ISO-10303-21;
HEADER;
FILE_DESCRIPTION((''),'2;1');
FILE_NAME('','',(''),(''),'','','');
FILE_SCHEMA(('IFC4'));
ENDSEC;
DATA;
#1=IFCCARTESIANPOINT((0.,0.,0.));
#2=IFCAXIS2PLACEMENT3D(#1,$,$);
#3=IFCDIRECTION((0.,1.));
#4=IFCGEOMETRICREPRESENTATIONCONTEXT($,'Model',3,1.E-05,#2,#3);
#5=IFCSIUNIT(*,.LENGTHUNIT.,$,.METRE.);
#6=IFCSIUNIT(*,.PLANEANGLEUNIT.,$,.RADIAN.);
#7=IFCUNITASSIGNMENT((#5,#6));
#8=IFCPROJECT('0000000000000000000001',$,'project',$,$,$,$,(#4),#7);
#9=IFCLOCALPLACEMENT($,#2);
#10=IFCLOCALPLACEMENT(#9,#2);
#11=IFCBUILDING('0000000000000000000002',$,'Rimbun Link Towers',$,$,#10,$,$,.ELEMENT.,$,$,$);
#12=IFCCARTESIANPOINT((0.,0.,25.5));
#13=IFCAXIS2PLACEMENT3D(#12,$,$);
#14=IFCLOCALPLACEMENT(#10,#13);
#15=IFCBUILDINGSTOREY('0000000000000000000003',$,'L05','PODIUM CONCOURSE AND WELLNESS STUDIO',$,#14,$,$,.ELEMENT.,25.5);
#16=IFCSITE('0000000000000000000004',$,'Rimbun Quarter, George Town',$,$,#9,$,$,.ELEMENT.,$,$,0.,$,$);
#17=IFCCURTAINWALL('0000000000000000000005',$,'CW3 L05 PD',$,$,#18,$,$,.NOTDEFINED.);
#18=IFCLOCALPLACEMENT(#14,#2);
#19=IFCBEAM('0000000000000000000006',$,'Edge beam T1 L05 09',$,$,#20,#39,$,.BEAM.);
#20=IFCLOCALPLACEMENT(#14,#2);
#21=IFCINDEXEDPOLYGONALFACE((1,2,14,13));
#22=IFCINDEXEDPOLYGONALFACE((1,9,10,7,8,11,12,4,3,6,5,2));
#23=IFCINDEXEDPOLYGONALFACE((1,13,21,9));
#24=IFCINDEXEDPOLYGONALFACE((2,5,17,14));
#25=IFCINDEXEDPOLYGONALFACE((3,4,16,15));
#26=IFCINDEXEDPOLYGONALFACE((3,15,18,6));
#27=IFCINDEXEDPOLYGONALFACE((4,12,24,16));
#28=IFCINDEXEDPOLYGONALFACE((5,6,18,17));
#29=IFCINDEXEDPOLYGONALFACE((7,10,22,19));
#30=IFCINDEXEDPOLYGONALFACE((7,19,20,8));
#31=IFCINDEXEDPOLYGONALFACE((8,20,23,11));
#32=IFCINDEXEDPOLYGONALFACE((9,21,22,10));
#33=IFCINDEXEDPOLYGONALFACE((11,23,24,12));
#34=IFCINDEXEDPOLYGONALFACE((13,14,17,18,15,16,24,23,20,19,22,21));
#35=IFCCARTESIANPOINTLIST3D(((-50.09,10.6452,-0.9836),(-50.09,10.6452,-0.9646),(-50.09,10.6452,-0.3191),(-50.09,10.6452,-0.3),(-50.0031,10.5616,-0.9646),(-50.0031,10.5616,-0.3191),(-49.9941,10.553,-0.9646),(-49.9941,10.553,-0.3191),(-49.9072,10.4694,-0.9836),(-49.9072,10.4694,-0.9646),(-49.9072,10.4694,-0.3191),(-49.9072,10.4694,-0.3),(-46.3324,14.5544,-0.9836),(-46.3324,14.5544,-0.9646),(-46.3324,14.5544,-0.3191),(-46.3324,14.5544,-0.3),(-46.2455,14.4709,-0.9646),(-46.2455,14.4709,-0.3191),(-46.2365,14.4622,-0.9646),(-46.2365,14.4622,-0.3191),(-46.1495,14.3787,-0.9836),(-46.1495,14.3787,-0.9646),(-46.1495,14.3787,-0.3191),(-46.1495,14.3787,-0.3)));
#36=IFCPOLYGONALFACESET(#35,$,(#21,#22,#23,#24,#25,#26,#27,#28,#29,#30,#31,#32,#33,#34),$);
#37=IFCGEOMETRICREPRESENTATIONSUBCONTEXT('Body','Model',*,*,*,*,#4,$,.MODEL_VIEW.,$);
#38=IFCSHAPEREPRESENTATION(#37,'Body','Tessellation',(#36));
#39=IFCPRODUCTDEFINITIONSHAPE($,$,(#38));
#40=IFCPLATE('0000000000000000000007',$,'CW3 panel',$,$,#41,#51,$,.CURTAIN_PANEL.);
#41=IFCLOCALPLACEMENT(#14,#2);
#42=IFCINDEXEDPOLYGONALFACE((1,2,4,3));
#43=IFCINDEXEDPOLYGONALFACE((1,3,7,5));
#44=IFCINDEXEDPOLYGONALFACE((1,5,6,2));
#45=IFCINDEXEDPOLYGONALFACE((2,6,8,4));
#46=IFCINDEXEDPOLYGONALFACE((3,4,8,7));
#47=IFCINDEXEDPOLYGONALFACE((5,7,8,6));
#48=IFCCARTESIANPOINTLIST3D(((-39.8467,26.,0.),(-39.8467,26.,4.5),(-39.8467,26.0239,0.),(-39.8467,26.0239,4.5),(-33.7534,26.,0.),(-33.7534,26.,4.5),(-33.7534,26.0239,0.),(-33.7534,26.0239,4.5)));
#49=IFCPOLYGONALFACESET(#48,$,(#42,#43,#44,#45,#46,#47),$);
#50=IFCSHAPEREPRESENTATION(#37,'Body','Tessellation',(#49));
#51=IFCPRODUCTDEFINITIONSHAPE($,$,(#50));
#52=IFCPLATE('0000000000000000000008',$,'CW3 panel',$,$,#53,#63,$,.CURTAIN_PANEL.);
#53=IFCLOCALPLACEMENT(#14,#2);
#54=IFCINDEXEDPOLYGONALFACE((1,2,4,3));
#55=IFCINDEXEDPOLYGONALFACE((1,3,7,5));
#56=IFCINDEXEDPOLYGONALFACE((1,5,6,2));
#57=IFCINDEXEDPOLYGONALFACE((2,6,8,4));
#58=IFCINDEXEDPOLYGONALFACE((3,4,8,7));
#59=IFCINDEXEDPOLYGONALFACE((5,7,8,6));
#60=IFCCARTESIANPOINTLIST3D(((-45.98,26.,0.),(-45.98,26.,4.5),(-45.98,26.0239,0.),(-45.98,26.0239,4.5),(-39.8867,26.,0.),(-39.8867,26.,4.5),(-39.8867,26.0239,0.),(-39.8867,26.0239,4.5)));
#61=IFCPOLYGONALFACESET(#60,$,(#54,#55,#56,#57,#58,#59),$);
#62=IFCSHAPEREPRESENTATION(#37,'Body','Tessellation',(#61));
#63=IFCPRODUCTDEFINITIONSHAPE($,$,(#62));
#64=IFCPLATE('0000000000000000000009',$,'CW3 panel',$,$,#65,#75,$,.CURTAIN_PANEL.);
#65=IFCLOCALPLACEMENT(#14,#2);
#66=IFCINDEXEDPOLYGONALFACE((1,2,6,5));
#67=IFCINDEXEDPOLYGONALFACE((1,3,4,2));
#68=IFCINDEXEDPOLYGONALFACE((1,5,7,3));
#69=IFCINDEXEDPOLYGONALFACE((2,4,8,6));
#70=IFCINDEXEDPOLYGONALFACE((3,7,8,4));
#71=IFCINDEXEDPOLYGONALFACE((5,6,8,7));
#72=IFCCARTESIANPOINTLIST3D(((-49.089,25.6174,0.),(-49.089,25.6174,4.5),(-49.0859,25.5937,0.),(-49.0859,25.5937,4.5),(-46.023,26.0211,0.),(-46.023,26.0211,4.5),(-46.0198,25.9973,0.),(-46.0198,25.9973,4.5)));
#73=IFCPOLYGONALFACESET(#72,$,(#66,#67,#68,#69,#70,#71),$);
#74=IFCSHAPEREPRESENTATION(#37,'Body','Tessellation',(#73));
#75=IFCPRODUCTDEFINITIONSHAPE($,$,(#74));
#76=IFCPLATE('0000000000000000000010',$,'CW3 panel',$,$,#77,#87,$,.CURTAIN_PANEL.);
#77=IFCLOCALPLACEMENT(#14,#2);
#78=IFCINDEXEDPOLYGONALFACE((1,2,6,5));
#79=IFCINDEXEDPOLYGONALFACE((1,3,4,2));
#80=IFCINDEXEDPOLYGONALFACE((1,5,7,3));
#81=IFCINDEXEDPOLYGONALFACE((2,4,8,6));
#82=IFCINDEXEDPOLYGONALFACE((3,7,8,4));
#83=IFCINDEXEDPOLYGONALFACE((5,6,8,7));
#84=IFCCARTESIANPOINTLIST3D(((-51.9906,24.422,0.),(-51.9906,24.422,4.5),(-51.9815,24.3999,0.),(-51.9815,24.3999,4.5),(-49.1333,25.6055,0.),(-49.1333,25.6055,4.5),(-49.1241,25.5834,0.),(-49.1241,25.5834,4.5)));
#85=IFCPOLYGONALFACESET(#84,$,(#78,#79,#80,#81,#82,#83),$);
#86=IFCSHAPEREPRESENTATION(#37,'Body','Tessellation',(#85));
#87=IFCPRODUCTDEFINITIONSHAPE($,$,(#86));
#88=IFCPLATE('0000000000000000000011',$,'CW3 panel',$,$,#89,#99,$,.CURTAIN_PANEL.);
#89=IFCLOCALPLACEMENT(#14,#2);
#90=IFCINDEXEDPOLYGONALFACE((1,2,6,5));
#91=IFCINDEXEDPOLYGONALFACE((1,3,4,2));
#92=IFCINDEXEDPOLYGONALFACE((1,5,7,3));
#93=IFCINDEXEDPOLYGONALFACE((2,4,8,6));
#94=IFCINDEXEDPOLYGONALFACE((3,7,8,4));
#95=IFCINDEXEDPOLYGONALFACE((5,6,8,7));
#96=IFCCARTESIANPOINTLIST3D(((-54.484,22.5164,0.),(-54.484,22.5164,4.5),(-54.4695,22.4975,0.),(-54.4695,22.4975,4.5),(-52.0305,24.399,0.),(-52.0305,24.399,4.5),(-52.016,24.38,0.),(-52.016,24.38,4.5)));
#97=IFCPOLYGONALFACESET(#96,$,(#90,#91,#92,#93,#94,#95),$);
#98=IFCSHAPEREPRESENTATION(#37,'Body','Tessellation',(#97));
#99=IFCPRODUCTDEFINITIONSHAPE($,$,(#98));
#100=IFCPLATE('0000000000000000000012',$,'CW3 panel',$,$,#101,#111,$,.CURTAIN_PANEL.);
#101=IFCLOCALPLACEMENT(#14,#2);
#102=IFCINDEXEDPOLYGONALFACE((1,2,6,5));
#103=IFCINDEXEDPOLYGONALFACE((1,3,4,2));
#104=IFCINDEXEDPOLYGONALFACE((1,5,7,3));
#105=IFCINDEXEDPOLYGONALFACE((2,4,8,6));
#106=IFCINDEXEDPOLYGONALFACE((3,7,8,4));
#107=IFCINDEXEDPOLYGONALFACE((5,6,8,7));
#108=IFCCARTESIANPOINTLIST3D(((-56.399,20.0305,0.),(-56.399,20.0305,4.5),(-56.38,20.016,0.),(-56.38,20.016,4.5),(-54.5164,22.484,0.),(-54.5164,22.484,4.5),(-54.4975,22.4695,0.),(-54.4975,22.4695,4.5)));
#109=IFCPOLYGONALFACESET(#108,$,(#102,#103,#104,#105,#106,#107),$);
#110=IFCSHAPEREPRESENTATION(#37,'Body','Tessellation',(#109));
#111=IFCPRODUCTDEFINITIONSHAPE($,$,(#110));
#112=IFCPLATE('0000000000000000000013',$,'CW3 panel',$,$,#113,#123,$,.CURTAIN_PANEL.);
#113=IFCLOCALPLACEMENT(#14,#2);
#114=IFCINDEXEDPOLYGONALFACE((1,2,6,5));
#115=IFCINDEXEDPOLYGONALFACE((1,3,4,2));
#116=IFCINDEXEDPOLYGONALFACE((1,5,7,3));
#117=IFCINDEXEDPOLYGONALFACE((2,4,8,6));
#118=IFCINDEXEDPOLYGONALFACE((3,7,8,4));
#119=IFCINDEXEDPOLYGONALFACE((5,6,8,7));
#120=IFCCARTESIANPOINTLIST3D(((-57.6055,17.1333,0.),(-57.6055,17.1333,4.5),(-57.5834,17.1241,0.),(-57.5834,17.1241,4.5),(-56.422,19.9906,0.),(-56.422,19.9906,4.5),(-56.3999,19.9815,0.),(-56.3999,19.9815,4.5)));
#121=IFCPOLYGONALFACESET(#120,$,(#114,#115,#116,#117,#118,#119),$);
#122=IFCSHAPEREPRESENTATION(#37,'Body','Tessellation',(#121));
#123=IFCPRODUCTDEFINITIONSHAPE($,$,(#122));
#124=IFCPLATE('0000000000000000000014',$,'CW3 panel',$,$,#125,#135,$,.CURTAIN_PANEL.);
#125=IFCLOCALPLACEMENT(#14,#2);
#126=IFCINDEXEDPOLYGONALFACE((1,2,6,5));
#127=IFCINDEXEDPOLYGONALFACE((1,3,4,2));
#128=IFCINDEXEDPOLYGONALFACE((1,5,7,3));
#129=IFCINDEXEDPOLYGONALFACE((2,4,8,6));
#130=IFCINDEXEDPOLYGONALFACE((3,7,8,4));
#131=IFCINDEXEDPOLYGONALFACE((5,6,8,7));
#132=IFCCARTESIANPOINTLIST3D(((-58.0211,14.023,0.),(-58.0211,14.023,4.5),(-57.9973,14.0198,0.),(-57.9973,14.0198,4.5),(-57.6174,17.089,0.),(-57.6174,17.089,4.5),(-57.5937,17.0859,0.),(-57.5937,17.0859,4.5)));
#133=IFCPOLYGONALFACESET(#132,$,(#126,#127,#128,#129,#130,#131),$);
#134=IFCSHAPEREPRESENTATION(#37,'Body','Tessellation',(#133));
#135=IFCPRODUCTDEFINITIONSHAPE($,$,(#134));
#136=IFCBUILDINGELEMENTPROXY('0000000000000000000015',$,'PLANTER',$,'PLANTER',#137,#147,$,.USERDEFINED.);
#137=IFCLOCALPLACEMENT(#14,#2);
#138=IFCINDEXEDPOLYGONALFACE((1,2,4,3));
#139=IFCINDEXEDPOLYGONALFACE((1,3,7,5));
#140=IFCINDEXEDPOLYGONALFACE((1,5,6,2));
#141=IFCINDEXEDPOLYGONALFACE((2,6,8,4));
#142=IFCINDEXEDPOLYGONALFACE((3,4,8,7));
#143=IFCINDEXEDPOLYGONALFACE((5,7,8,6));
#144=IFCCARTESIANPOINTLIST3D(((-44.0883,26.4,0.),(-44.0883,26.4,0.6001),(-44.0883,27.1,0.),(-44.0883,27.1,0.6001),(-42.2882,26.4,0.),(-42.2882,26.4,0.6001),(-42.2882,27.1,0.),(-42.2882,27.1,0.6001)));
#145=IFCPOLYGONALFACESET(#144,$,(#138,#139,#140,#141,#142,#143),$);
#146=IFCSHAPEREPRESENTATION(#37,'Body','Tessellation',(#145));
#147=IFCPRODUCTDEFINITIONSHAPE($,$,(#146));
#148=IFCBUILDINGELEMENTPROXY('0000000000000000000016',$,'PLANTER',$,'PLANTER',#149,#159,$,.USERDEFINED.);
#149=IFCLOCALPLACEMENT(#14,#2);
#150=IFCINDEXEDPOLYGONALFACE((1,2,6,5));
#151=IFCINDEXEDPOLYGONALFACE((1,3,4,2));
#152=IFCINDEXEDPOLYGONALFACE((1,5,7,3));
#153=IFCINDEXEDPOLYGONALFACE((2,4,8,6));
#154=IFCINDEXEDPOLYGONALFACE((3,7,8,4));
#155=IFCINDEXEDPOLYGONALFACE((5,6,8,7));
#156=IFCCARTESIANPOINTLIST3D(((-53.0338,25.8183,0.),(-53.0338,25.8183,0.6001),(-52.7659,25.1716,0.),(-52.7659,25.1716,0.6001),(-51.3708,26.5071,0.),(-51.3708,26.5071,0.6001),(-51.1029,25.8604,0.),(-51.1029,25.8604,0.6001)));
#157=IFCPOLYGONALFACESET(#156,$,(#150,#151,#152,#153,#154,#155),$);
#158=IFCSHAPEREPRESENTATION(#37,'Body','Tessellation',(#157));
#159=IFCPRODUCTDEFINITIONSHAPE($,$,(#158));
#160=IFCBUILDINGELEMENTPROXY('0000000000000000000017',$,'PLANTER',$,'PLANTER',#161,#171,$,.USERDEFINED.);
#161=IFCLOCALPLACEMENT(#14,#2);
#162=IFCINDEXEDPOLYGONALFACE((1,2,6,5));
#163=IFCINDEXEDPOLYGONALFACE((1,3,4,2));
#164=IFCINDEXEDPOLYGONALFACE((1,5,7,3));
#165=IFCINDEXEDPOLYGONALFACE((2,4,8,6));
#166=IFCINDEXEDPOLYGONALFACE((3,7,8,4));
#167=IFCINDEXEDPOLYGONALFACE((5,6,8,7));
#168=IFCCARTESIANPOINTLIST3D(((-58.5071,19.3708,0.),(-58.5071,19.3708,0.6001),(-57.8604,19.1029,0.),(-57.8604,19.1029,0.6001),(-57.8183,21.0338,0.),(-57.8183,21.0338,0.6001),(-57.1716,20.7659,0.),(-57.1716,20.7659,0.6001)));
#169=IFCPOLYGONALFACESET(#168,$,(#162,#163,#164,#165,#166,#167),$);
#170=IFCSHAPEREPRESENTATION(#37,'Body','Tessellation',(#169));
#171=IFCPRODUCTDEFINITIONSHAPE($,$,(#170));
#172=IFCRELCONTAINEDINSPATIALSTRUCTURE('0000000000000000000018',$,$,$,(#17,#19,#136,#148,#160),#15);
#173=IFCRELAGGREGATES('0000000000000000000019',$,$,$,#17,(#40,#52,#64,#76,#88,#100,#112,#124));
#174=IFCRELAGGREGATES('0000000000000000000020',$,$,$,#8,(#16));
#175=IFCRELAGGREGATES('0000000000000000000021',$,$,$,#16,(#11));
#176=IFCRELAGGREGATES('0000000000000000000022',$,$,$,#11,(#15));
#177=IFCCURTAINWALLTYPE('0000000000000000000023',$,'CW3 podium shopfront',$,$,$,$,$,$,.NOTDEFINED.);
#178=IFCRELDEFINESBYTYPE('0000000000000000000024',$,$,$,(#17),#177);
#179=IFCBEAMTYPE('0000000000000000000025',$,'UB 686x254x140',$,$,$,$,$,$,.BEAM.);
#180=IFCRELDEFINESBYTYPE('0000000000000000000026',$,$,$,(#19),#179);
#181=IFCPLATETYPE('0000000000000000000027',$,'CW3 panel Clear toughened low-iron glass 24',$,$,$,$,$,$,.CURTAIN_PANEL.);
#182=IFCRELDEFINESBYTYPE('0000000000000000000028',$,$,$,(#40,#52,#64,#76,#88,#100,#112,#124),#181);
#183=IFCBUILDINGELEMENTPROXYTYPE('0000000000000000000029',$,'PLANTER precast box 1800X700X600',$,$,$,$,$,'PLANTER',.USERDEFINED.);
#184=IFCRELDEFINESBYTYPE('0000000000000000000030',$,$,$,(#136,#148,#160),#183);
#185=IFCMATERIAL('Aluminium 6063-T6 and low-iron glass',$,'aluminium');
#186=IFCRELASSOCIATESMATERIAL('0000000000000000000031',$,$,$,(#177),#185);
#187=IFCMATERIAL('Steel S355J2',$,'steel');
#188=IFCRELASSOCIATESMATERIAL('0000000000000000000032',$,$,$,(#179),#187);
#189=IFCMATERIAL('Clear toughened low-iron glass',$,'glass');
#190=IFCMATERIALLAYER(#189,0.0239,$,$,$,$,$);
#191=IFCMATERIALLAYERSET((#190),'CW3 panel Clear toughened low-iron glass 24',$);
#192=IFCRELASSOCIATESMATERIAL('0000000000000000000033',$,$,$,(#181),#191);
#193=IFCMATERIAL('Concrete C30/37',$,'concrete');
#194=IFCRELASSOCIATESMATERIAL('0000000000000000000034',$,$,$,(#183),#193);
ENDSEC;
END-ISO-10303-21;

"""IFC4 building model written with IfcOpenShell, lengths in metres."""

from ifc_helpers import new_model, si_unit, direction, frame, origin, origin_2d, place, context, subcontext, project, spatial, rectangle, i_section, extrude, material, layer, layer_set, material_profile, profile_set, type_object, element, aggregate, save


model = new_model("IFC4")

# Units and contexts
model_context = context("Model", 3, precision=1e-05, world=origin(), true_north=direction((0.0, 1.0)))
body_context = subcontext(model_context, "Body", "Model", "MODEL_VIEW")
ifc_project = project(units=[si_unit("LENGTHUNIT", "METRE"), si_unit("PLANEANGLEUNIT", "RADIAN")], contexts=[model_context])

# Site, building, storey
site_placement = place(None, origin())
site = spatial("IfcSite", under=ifc_project, at=site_placement, Name="Rimbun Quarter, George Town", CompositionType="ELEMENT", RefElevation=0.0)
building_placement = place(site_placement, origin())
building = spatial("IfcBuilding", under=site, at=building_placement, Name="Rimbun Link Towers", CompositionType="ELEMENT")
storey_placement = place(building_placement, frame((0.0, 0.0, 25.5)))
storey = spatial("IfcBuildingStorey", under=building, at=storey_placement, Name="L05", Description="PODIUM CONCOURSE AND WELLNESS STUDIO", CompositionType="ELEMENT", Elevation=25.5)

# Curtain wall
ifc_material_1 = material(Name="Aluminium 6063-T6 and low-iron glass", Category="aluminium")
curtain_wall_type = type_object("IfcCurtainWallType", Name="CW3 podium shopfront", PredefinedType="NOTDEFINED", material=ifc_material_1)
curtain_wall_placement = place(storey_placement, origin())
curtain_wall = element("IfcCurtainWall", 1, at=curtain_wall_placement, inside=storey, type_object=curtain_wall_type, Name="CW3 L05 PD", PredefinedType="NOTDEFINED")

# Beam
ifc_material_2 = material(Name="Steel S355J2", Category="steel")
ifc_material_profile_1 = material_profile(ifc_material_2, i_section(OverallWidth=0.2537, OverallDepth=0.6836, WebThickness=0.0125, FlangeThickness=0.019, at=origin_2d()), Name="UB 686x254x140")
ifc_profile_set_1 = profile_set([ifc_material_profile_1], Name="Steel S355J2")
beam_type_1 = type_object("IfcBeamType", Name="UB 686x254x140", PredefinedType="BEAM", material=ifc_profile_set_1)
beam_1_placement = place(storey_placement, frame((-46.241, 14.4666, -0.6418), z_axis=(-0.692988, -0.720949, 0.0), x_axis=(0.720949, -0.692988, 0.0)))
element("IfcBeam", 2, at=beam_1_placement, inside=storey, type_object=beam_type_1, Name="Edge beam T1 L05 09", PredefinedType="BEAM", context=body_context, shape_type="SweptSolid", body=[
    extrude(i_section(OverallWidth=0.2537, OverallDepth=0.6836, WebThickness=0.0125, FlangeThickness=0.019, at=origin_2d()), origin(), (0.0, 0.0, 1.0), 5.4224),
])

# Plates
ifc_material_3 = material(Name="Clear toughened low-iron glass", Category="glass")
ifc_layer = layer(ifc_material_3, 0.0239)
ifc_layer_set = layer_set([ifc_layer], Name="CW3 panel Clear toughened low-iron glass 24")
plate_type = type_object("IfcPlateType", Name="CW3 panel Clear toughened low-iron glass 24", PredefinedType="CURTAIN_PANEL", material=ifc_layer_set)
plate_1_placement = place(storey_placement, frame((-36.8, 26.012, 0.0), z_axis=(0.0, 0.0, 1.0), x_axis=(1.0, 0.0, 0.0)))
plate_1 = element("IfcPlate", 3, at=plate_1_placement, type_object=plate_type, Name="CW3 panel", PredefinedType="CURTAIN_PANEL", context=body_context, shape_type="SweptSolid", body=[
    extrude(rectangle(XDim=6.0933, YDim=0.0239, at=origin_2d()), origin(), (0.0, 0.0, 1.0), 4.5),
])
plate_2_placement = place(storey_placement, frame((-42.9333, 26.012, 0.0), z_axis=(0.0, 0.0, 1.0), x_axis=(1.0, 0.0, 0.0)))
plate_2 = element("IfcPlate", 4, at=plate_2_placement, type_object=plate_type, Name="CW3 panel", PredefinedType="CURTAIN_PANEL", context=body_context, shape_type="SweptSolid", body=[
    extrude(rectangle(XDim=6.0933, YDim=0.0239, at=origin_2d()), origin(), (0.0, 0.0, 1.0), 4.5),
])
plate_3_placement = place(storey_placement, frame((-47.5544, 25.8074, 0.0), z_axis=(0.0, 0.0, 1.0), x_axis=(0.991444, 0.13053, 0.0)))
plate_3 = element("IfcPlate", 5, at=plate_3_placement, type_object=plate_type, Name="CW3 panel", PredefinedType="CURTAIN_PANEL", context=body_context, shape_type="SweptSolid", body=[
    extrude(rectangle(XDim=3.0925, YDim=0.0239, at=origin_2d()), origin(), (0.0, 0.0, 1.0), 4.5),
])
plate_4_placement = place(storey_placement, frame((-50.5574, 25.0027, 0.0), z_axis=(0.0, 0.0, 1.0), x_axis=(0.923881, 0.382679, 0.0)))
plate_4 = element("IfcPlate", 6, at=plate_4_placement, type_object=plate_type, Name="CW3 panel", PredefinedType="CURTAIN_PANEL", context=body_context, shape_type="SweptSolid", body=[
    extrude(rectangle(XDim=3.0928, YDim=0.0239, at=origin_2d()), origin(), (0.0, 0.0, 1.0), 4.5),
])
plate_5_placement = place(storey_placement, frame((-53.25, 23.4482, 0.0), z_axis=(0.0, 0.0, 1.0), x_axis=(0.793359, 0.608754, 0.0)))
plate_5 = element("IfcPlate", 7, at=plate_5_placement, type_object=plate_type, Name="CW3 panel", PredefinedType="CURTAIN_PANEL", context=body_context, shape_type="SweptSolid", body=[
    extrude(rectangle(XDim=3.0925, YDim=0.0239, at=origin_2d()), origin(), (0.0, 0.0, 1.0), 4.5),
])
plate_6_placement = place(storey_placement, frame((-55.4482, 21.25, 0.0), z_axis=(0.0, 0.0, 1.0), x_axis=(0.608754, 0.793359, 0.0)))
plate_6 = element("IfcPlate", 8, at=plate_6_placement, type_object=plate_type, Name="CW3 panel", PredefinedType="CURTAIN_PANEL", context=body_context, shape_type="SweptSolid", body=[
    extrude(rectangle(XDim=3.0925, YDim=0.0239, at=origin_2d()), origin(), (0.0, 0.0, 1.0), 4.5),
])
plate_7_placement = place(storey_placement, frame((-57.0027, 18.5574, 0.0), z_axis=(0.0, 0.0, 1.0), x_axis=(0.382679, 0.923881, 0.0)))
plate_7 = element("IfcPlate", 9, at=plate_7_placement, type_object=plate_type, Name="CW3 panel", PredefinedType="CURTAIN_PANEL", context=body_context, shape_type="SweptSolid", body=[
    extrude(rectangle(XDim=3.0928, YDim=0.0239, at=origin_2d()), origin(), (0.0, 0.0, 1.0), 4.5),
])
plate_8_placement = place(storey_placement, frame((-57.8074, 15.5544, 0.0), z_axis=(0.0, 0.0, 1.0), x_axis=(0.13053, 0.991444, 0.0)))
plate_8 = element("IfcPlate", 10, at=plate_8_placement, type_object=plate_type, Name="CW3 panel", PredefinedType="CURTAIN_PANEL", context=body_context, shape_type="SweptSolid", body=[
    extrude(rectangle(XDim=3.0925, YDim=0.0239, at=origin_2d()), origin(), (0.0, 0.0, 1.0), 4.5),
])
aggregate(curtain_wall, [plate_1, plate_2, plate_3, plate_4, plate_5, plate_6, plate_7, plate_8])

# Building element proxies
ifc_material_4 = material(Name="Concrete C30/37", Category="concrete")
building_element_proxy_type = type_object("IfcBuildingElementProxyType", Name="PLANTER precast box 1800X700X600", ElementType="PLANTER", PredefinedType="USERDEFINED", material=ifc_material_4)
for number, where, z_axis, x_axis, name in (
    (11, (-43.1882, 26.75, 0.0), (0.0, 0.0, 1.0), (-1.0, 0.0, 0.0), "PLANTER"),
    (12, (-52.0684, 25.8394, 0.0), (0.0, 0.0, 1.0), (-0.923881, -0.382679, 0.0), "PLANTER"),
    (13, (-57.8394, 20.0684, 0.0), (0.0, 0.0, 1.0), (-0.382679, -0.923881, 0.0), "PLANTER"),
):
    element("IfcBuildingElementProxy", number, at=place(storey_placement, frame(where, z_axis=z_axis, x_axis=x_axis)), inside=storey, type_object=building_element_proxy_type, Name=name, ObjectType="PLANTER", PredefinedType="USERDEFINED", context=body_context, shape_type="SweptSolid", body=[
        extrude(rectangle(XDim=1.8, YDim=0.7, at=origin_2d()), origin(), (0.0, 0.0, 1.0), 0.6001),
    ])

save(model, "model.ifc")
